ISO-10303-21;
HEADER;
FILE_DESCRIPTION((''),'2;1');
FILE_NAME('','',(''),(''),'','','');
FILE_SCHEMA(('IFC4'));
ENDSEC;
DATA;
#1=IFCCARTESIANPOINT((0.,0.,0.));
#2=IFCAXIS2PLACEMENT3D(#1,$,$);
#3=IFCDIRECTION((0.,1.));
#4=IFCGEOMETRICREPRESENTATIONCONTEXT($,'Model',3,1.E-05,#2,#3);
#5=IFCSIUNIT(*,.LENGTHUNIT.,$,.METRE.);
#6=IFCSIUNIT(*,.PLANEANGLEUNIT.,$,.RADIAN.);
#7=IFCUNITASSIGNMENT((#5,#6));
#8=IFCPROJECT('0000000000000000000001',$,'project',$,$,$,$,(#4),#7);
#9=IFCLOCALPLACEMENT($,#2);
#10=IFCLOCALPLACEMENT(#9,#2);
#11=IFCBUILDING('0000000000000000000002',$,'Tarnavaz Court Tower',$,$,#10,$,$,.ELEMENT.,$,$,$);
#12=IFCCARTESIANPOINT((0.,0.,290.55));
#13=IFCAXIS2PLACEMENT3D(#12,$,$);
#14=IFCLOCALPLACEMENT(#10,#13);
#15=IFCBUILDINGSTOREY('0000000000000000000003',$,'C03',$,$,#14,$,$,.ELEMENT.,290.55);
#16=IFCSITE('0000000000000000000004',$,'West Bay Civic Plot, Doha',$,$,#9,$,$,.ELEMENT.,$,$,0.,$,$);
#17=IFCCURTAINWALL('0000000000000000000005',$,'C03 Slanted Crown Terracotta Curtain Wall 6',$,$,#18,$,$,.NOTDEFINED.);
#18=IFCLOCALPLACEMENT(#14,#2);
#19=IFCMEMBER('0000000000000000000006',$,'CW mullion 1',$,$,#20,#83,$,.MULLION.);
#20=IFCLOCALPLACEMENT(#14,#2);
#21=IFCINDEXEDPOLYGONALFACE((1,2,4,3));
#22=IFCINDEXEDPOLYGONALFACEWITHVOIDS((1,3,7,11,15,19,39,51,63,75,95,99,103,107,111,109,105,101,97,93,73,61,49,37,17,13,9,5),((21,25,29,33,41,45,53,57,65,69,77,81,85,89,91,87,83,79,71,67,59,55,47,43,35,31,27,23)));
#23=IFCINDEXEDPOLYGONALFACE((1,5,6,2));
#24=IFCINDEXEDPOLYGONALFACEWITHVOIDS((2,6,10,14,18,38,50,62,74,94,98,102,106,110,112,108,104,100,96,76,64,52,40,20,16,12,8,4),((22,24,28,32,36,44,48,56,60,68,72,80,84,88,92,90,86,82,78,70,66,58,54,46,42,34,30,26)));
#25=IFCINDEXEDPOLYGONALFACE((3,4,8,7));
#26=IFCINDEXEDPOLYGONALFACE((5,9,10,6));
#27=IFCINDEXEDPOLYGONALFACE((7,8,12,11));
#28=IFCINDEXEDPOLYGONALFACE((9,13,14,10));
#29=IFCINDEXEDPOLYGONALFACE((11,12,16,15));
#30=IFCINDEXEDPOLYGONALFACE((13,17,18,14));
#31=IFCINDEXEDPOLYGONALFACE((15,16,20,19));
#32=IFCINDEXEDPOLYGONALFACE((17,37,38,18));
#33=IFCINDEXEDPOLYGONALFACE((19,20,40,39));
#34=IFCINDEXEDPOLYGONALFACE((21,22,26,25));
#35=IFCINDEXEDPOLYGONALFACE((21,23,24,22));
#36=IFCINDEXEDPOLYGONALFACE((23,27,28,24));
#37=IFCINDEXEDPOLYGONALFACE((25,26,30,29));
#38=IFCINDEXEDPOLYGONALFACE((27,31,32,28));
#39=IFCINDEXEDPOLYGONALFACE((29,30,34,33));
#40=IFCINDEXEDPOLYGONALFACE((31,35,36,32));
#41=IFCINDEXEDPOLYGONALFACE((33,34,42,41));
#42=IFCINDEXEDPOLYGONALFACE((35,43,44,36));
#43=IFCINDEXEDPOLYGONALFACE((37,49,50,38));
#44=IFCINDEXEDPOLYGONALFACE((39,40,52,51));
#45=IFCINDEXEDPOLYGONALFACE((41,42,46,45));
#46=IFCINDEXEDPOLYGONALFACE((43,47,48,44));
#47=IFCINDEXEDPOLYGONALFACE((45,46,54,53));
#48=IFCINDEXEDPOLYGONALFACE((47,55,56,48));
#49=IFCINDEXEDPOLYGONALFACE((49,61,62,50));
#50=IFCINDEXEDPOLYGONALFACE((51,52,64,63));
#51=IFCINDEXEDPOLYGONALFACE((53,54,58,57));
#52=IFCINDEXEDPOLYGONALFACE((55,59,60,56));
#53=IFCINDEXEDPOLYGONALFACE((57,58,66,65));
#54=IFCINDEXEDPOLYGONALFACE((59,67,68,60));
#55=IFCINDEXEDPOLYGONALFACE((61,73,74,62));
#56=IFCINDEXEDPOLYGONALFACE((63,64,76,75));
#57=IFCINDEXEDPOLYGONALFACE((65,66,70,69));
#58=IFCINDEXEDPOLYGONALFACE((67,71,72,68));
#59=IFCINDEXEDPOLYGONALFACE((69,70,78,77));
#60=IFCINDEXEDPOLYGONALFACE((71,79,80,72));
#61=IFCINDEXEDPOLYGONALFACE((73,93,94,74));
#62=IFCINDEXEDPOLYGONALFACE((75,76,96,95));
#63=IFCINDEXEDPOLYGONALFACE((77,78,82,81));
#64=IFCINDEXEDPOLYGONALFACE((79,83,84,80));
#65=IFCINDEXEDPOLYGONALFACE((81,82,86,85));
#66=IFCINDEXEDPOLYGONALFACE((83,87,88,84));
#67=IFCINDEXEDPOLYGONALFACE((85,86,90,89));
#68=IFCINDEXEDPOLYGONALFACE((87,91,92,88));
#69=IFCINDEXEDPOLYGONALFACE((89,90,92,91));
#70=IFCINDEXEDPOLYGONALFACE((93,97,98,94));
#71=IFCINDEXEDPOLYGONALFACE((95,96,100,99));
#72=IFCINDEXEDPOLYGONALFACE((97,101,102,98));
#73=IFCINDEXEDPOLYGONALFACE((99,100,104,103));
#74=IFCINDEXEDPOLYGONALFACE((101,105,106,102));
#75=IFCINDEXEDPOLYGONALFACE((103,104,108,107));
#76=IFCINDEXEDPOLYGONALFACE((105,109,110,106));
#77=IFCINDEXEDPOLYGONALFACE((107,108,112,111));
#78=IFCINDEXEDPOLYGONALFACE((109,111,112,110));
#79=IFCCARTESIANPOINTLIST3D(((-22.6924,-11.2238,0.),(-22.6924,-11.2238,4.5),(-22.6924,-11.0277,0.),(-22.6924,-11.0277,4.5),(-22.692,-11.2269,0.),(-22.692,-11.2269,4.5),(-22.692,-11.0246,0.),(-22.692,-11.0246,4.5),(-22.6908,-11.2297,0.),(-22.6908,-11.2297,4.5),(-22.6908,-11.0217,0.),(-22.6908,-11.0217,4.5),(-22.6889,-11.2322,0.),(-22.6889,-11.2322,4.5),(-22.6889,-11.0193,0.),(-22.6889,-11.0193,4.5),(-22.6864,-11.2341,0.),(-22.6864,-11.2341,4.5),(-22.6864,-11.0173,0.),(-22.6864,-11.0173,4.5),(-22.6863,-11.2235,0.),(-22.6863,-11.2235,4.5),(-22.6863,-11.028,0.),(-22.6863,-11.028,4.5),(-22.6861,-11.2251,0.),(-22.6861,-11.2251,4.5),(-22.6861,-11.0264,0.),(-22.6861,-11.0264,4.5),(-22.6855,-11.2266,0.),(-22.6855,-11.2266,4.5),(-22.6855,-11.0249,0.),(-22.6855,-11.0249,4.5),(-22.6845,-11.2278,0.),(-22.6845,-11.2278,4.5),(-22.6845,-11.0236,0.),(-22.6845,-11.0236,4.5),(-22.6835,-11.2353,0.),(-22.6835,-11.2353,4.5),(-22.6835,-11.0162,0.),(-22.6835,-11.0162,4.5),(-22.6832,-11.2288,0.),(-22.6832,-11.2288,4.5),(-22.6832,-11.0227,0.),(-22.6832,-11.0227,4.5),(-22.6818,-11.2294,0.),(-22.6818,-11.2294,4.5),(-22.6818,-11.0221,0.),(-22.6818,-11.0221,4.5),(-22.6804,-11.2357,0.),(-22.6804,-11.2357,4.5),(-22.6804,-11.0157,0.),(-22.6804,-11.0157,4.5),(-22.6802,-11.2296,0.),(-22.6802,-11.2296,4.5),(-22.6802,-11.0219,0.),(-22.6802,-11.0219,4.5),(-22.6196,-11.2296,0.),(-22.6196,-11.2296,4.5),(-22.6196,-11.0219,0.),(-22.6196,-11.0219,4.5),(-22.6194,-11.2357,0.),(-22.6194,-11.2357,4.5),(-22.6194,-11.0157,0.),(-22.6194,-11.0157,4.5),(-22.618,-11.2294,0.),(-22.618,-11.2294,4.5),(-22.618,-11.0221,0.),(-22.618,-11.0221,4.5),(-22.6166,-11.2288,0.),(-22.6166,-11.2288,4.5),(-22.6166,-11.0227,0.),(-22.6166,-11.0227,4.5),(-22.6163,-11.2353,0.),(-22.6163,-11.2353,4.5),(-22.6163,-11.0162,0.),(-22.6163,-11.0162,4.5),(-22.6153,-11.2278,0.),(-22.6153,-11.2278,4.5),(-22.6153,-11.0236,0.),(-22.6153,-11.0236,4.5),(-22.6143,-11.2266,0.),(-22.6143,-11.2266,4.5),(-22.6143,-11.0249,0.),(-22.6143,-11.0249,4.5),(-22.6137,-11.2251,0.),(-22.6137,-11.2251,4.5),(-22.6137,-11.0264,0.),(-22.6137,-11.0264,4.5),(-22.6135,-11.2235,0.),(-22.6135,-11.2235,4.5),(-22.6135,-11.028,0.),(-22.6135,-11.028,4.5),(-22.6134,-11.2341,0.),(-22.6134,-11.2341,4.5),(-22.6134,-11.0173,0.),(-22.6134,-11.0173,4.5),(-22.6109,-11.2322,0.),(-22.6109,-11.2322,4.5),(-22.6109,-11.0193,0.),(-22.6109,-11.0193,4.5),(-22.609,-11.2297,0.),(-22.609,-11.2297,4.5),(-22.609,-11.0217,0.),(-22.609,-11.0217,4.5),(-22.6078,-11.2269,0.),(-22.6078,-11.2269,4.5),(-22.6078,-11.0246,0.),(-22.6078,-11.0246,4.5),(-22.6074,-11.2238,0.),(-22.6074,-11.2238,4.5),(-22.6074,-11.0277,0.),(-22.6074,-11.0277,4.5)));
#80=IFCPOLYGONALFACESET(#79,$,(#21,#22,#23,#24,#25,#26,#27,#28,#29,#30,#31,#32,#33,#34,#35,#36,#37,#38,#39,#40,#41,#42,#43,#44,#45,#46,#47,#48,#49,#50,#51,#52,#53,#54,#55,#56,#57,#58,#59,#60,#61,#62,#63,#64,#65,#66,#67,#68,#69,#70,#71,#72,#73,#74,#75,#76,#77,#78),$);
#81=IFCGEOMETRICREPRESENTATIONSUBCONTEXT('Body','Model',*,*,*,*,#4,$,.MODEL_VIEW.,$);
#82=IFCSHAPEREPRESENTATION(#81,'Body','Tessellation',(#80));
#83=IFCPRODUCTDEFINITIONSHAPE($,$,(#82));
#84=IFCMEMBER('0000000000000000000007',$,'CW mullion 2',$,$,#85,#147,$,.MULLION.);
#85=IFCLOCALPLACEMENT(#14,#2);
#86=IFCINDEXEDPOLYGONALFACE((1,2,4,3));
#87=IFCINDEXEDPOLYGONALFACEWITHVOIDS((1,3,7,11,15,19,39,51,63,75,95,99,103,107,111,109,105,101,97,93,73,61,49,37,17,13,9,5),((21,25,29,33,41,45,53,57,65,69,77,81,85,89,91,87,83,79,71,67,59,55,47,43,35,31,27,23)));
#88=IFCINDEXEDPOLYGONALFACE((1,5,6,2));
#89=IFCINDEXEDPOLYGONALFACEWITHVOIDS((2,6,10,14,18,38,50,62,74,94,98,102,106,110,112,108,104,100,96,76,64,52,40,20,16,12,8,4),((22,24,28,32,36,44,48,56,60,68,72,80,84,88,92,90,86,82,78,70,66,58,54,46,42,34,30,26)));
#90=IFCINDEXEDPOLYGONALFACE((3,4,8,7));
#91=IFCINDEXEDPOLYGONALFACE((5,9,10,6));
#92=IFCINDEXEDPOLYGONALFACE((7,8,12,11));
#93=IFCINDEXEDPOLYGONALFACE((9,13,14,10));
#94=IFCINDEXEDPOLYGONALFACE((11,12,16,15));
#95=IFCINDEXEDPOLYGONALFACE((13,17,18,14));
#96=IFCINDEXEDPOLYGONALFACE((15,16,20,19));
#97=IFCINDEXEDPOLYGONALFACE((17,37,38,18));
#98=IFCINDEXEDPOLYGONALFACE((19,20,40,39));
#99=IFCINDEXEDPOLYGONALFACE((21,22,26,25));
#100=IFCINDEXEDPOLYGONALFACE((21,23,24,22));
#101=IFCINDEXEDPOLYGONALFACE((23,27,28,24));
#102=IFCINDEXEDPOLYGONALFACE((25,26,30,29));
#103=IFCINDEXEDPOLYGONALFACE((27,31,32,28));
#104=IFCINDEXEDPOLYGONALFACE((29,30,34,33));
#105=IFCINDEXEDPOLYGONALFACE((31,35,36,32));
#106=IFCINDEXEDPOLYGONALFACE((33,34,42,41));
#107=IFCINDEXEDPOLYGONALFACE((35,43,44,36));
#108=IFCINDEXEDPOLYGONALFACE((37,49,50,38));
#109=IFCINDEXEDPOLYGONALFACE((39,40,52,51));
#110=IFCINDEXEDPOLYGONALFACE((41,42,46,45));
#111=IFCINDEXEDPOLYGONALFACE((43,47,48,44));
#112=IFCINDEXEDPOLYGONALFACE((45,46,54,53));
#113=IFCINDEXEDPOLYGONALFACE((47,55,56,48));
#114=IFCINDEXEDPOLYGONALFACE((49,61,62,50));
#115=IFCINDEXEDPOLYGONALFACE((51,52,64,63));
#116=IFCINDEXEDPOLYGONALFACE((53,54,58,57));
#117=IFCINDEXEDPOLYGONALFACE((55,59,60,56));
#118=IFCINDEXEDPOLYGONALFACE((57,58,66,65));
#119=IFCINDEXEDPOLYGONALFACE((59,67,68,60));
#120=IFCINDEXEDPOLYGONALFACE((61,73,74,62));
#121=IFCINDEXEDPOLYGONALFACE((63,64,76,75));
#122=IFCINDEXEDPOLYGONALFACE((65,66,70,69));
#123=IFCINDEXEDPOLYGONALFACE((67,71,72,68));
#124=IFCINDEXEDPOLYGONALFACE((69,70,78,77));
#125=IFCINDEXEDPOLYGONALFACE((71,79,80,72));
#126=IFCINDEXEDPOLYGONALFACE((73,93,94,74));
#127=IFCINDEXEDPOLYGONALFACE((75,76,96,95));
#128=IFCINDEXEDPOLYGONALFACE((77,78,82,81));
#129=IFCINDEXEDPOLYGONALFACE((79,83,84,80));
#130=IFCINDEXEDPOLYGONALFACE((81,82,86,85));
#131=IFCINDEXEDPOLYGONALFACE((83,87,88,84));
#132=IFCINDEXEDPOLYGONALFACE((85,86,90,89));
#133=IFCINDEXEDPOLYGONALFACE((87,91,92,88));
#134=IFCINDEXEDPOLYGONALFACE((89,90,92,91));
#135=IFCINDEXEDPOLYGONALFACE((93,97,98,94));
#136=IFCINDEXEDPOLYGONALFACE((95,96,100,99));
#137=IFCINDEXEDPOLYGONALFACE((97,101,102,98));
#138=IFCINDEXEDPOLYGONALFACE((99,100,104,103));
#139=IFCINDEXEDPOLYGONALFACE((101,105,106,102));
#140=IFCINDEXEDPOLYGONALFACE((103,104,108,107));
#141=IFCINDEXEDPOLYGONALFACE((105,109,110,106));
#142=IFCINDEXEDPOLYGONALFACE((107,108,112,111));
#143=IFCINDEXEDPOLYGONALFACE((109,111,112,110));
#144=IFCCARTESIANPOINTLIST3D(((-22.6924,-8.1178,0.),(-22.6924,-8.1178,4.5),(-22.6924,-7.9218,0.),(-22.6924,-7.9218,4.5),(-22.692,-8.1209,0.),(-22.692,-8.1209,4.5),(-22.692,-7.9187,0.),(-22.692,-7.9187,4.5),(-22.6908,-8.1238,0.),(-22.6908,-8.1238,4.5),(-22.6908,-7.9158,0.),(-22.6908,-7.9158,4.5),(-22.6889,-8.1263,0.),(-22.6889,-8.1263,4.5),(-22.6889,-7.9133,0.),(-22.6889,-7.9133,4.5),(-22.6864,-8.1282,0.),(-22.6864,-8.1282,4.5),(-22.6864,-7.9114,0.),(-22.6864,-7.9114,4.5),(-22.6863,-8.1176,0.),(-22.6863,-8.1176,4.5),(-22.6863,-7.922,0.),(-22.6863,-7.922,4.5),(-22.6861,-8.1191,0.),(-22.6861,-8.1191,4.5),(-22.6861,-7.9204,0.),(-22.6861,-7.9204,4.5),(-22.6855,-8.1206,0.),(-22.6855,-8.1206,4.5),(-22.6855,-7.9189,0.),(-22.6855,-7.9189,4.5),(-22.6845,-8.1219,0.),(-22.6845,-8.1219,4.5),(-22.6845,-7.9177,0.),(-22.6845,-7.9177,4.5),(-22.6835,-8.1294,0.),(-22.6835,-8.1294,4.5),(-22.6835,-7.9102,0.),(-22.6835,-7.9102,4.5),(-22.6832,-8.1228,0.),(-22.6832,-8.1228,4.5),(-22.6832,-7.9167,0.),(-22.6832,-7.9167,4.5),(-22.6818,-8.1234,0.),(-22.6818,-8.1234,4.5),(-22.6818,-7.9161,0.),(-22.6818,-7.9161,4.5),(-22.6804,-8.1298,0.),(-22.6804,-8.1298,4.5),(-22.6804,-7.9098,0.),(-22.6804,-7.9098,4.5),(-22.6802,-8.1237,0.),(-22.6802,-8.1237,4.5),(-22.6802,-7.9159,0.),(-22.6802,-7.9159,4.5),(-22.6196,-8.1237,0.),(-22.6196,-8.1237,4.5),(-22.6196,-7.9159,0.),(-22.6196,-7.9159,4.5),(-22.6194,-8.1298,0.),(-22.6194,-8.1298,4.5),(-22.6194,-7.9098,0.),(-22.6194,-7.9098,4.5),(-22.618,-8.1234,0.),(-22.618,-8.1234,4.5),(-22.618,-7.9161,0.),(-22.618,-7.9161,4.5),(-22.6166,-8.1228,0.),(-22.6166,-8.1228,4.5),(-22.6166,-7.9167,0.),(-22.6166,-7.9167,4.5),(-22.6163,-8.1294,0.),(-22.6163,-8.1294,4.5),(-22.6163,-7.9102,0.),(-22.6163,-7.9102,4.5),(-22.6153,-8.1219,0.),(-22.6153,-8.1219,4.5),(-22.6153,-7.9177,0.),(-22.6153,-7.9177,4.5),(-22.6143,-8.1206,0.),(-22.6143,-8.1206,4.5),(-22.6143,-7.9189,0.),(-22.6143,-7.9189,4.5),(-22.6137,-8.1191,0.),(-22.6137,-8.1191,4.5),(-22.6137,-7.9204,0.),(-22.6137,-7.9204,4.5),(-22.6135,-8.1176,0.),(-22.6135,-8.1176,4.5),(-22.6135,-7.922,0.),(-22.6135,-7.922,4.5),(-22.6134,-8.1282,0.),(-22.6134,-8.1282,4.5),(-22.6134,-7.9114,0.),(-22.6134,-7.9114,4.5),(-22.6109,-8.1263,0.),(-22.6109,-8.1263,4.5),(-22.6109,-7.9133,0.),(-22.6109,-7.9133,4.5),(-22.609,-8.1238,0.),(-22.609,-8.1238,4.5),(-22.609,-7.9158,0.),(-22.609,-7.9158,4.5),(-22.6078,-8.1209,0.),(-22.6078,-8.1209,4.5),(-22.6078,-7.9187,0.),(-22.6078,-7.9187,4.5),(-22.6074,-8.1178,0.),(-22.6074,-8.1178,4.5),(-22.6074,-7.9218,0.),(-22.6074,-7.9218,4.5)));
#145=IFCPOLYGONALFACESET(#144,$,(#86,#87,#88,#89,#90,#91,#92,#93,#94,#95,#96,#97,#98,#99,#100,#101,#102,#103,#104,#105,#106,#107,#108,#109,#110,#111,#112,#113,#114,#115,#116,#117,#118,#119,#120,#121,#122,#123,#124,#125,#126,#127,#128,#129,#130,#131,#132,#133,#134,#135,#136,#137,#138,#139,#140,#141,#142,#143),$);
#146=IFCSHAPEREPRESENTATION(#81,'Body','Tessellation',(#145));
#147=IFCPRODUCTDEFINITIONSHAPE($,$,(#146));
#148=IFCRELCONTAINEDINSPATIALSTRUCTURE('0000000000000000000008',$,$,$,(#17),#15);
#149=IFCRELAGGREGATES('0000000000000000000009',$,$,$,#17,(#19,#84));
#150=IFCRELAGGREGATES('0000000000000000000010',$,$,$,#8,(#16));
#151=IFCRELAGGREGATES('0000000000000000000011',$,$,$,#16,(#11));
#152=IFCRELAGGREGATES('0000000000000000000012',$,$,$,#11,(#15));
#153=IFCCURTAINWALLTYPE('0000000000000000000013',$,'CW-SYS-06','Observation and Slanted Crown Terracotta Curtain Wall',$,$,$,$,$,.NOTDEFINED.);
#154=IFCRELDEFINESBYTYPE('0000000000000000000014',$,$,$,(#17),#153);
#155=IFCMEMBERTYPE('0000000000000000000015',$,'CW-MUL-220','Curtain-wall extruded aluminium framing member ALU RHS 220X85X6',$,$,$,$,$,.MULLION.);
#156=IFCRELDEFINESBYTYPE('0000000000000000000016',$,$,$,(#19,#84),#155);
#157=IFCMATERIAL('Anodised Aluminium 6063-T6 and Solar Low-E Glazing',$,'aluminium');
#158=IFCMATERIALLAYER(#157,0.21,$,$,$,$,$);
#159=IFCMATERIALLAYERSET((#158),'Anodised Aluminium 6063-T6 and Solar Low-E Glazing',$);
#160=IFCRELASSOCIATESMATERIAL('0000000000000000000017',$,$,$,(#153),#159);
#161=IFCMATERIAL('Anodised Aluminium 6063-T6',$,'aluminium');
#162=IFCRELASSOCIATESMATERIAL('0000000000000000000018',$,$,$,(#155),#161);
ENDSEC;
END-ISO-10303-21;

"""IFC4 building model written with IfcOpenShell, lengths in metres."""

from ifc_helpers import new_model, si_unit, direction, frame, origin, origin_2d, place, context, subcontext, project, spatial, hollow_rectangle, extrude, material, layer, layer_set, material_profile, profile_set, type_object, element, aggregate, save


model = new_model("IFC4")

# Units and contexts
model_context = context("Model", 3, precision=1e-05, world=origin(), true_north=direction((0.0, 1.0)))
body_context = subcontext(model_context, "Body", "Model", "MODEL_VIEW")
ifc_project = project(units=[si_unit("LENGTHUNIT", "METRE"), si_unit("PLANEANGLEUNIT", "RADIAN")], contexts=[model_context])

# Site, building, storey
site_placement = place(None, origin())
site = spatial("IfcSite", under=ifc_project, at=site_placement, Name="West Bay Civic Plot, Doha", CompositionType="ELEMENT", RefElevation=0.0)
building_placement = place(site_placement, origin())
building = spatial("IfcBuilding", under=site, at=building_placement, Name="Tarnavaz Court Tower", CompositionType="ELEMENT")
storey_placement = place(building_placement, frame((0.0, 0.0, 290.55)))
storey = spatial("IfcBuildingStorey", under=building, at=storey_placement, Name="C03", CompositionType="ELEMENT", Elevation=290.55)

# Curtain wall, members
ifc_material_1 = material(Name="Anodised Aluminium 6063-T6 and Solar Low-E Glazing", Category="aluminium")
ifc_layer_1 = layer(ifc_material_1, 0.21)
ifc_layer_set_1 = layer_set([ifc_layer_1], Name="Anodised Aluminium 6063-T6 and Solar Low-E Glazing")
curtain_wall_type = type_object("IfcCurtainWallType", Name="CW-SYS-06", Description="Observation and Slanted Crown Terracotta Curtain Wall", PredefinedType="NOTDEFINED", material=ifc_layer_set_1)
ifc_material_2 = material(Name="Anodised Aluminium 6063-T6", Category="aluminium")
ifc_material_profile_1 = material_profile(ifc_material_2, hollow_rectangle(XDim=0.085, YDim=0.22, WallThickness=0.0061, InnerFilletRadius=0.0061, OuterFilletRadius=0.012, at=origin_2d()), Name="ALU RHS 220X85X6")
ifc_profile_set_1 = profile_set([ifc_material_profile_1], Name="Anodised Aluminium 6063-T6")
member_type_1 = type_object("IfcMemberType", Name="CW-MUL-220", Description="Curtain-wall extruded aluminium framing member ALU RHS 220X85X6", PredefinedType="MULLION", material=ifc_profile_set_1)
curtain_wall_1_placement = place(storey_placement, origin())
curtain_wall_1 = element("IfcCurtainWall", 1, at=curtain_wall_1_placement, inside=storey, type_object=curtain_wall_type, Name="C03 Slanted Crown Terracotta Curtain Wall 6", PredefinedType="NOTDEFINED")
member_1_placement = place(storey_placement, frame((-22.6499, -11.1257, 0.0), z_axis=(0.0, 0.0, 1.0), x_axis=(-1.0, 0.0, 0.0)))
member_1 = element("IfcMember", 2, at=member_1_placement, type_object=member_type_1, Name="CW mullion 1", PredefinedType="MULLION", context=body_context, shape_type="SweptSolid", body=[
    extrude(hollow_rectangle(XDim=0.085, YDim=0.22, WallThickness=0.0061, InnerFilletRadius=0.0061, OuterFilletRadius=0.012, at=origin_2d()), origin(), (0.0, 0.0, 1.0), 4.5),
])
member_2_placement = place(storey_placement, frame((-22.6499, -8.0198, 0.0), z_axis=(0.0, 0.0, 1.0), x_axis=(-1.0, 0.0, 0.0)))
member_2 = element("IfcMember", 3, at=member_2_placement, type_object=member_type_1, Name="CW mullion 2", PredefinedType="MULLION", context=body_context, shape_type="SweptSolid", body=[
    extrude(hollow_rectangle(XDim=0.085, YDim=0.22, WallThickness=0.0061, InnerFilletRadius=0.0061, OuterFilletRadius=0.012, at=origin_2d()), origin(), (0.0, 0.0, 1.0), 4.5),
])

aggregate(curtain_wall_1, [member_1, member_2])

save(model, "model.ifc")
